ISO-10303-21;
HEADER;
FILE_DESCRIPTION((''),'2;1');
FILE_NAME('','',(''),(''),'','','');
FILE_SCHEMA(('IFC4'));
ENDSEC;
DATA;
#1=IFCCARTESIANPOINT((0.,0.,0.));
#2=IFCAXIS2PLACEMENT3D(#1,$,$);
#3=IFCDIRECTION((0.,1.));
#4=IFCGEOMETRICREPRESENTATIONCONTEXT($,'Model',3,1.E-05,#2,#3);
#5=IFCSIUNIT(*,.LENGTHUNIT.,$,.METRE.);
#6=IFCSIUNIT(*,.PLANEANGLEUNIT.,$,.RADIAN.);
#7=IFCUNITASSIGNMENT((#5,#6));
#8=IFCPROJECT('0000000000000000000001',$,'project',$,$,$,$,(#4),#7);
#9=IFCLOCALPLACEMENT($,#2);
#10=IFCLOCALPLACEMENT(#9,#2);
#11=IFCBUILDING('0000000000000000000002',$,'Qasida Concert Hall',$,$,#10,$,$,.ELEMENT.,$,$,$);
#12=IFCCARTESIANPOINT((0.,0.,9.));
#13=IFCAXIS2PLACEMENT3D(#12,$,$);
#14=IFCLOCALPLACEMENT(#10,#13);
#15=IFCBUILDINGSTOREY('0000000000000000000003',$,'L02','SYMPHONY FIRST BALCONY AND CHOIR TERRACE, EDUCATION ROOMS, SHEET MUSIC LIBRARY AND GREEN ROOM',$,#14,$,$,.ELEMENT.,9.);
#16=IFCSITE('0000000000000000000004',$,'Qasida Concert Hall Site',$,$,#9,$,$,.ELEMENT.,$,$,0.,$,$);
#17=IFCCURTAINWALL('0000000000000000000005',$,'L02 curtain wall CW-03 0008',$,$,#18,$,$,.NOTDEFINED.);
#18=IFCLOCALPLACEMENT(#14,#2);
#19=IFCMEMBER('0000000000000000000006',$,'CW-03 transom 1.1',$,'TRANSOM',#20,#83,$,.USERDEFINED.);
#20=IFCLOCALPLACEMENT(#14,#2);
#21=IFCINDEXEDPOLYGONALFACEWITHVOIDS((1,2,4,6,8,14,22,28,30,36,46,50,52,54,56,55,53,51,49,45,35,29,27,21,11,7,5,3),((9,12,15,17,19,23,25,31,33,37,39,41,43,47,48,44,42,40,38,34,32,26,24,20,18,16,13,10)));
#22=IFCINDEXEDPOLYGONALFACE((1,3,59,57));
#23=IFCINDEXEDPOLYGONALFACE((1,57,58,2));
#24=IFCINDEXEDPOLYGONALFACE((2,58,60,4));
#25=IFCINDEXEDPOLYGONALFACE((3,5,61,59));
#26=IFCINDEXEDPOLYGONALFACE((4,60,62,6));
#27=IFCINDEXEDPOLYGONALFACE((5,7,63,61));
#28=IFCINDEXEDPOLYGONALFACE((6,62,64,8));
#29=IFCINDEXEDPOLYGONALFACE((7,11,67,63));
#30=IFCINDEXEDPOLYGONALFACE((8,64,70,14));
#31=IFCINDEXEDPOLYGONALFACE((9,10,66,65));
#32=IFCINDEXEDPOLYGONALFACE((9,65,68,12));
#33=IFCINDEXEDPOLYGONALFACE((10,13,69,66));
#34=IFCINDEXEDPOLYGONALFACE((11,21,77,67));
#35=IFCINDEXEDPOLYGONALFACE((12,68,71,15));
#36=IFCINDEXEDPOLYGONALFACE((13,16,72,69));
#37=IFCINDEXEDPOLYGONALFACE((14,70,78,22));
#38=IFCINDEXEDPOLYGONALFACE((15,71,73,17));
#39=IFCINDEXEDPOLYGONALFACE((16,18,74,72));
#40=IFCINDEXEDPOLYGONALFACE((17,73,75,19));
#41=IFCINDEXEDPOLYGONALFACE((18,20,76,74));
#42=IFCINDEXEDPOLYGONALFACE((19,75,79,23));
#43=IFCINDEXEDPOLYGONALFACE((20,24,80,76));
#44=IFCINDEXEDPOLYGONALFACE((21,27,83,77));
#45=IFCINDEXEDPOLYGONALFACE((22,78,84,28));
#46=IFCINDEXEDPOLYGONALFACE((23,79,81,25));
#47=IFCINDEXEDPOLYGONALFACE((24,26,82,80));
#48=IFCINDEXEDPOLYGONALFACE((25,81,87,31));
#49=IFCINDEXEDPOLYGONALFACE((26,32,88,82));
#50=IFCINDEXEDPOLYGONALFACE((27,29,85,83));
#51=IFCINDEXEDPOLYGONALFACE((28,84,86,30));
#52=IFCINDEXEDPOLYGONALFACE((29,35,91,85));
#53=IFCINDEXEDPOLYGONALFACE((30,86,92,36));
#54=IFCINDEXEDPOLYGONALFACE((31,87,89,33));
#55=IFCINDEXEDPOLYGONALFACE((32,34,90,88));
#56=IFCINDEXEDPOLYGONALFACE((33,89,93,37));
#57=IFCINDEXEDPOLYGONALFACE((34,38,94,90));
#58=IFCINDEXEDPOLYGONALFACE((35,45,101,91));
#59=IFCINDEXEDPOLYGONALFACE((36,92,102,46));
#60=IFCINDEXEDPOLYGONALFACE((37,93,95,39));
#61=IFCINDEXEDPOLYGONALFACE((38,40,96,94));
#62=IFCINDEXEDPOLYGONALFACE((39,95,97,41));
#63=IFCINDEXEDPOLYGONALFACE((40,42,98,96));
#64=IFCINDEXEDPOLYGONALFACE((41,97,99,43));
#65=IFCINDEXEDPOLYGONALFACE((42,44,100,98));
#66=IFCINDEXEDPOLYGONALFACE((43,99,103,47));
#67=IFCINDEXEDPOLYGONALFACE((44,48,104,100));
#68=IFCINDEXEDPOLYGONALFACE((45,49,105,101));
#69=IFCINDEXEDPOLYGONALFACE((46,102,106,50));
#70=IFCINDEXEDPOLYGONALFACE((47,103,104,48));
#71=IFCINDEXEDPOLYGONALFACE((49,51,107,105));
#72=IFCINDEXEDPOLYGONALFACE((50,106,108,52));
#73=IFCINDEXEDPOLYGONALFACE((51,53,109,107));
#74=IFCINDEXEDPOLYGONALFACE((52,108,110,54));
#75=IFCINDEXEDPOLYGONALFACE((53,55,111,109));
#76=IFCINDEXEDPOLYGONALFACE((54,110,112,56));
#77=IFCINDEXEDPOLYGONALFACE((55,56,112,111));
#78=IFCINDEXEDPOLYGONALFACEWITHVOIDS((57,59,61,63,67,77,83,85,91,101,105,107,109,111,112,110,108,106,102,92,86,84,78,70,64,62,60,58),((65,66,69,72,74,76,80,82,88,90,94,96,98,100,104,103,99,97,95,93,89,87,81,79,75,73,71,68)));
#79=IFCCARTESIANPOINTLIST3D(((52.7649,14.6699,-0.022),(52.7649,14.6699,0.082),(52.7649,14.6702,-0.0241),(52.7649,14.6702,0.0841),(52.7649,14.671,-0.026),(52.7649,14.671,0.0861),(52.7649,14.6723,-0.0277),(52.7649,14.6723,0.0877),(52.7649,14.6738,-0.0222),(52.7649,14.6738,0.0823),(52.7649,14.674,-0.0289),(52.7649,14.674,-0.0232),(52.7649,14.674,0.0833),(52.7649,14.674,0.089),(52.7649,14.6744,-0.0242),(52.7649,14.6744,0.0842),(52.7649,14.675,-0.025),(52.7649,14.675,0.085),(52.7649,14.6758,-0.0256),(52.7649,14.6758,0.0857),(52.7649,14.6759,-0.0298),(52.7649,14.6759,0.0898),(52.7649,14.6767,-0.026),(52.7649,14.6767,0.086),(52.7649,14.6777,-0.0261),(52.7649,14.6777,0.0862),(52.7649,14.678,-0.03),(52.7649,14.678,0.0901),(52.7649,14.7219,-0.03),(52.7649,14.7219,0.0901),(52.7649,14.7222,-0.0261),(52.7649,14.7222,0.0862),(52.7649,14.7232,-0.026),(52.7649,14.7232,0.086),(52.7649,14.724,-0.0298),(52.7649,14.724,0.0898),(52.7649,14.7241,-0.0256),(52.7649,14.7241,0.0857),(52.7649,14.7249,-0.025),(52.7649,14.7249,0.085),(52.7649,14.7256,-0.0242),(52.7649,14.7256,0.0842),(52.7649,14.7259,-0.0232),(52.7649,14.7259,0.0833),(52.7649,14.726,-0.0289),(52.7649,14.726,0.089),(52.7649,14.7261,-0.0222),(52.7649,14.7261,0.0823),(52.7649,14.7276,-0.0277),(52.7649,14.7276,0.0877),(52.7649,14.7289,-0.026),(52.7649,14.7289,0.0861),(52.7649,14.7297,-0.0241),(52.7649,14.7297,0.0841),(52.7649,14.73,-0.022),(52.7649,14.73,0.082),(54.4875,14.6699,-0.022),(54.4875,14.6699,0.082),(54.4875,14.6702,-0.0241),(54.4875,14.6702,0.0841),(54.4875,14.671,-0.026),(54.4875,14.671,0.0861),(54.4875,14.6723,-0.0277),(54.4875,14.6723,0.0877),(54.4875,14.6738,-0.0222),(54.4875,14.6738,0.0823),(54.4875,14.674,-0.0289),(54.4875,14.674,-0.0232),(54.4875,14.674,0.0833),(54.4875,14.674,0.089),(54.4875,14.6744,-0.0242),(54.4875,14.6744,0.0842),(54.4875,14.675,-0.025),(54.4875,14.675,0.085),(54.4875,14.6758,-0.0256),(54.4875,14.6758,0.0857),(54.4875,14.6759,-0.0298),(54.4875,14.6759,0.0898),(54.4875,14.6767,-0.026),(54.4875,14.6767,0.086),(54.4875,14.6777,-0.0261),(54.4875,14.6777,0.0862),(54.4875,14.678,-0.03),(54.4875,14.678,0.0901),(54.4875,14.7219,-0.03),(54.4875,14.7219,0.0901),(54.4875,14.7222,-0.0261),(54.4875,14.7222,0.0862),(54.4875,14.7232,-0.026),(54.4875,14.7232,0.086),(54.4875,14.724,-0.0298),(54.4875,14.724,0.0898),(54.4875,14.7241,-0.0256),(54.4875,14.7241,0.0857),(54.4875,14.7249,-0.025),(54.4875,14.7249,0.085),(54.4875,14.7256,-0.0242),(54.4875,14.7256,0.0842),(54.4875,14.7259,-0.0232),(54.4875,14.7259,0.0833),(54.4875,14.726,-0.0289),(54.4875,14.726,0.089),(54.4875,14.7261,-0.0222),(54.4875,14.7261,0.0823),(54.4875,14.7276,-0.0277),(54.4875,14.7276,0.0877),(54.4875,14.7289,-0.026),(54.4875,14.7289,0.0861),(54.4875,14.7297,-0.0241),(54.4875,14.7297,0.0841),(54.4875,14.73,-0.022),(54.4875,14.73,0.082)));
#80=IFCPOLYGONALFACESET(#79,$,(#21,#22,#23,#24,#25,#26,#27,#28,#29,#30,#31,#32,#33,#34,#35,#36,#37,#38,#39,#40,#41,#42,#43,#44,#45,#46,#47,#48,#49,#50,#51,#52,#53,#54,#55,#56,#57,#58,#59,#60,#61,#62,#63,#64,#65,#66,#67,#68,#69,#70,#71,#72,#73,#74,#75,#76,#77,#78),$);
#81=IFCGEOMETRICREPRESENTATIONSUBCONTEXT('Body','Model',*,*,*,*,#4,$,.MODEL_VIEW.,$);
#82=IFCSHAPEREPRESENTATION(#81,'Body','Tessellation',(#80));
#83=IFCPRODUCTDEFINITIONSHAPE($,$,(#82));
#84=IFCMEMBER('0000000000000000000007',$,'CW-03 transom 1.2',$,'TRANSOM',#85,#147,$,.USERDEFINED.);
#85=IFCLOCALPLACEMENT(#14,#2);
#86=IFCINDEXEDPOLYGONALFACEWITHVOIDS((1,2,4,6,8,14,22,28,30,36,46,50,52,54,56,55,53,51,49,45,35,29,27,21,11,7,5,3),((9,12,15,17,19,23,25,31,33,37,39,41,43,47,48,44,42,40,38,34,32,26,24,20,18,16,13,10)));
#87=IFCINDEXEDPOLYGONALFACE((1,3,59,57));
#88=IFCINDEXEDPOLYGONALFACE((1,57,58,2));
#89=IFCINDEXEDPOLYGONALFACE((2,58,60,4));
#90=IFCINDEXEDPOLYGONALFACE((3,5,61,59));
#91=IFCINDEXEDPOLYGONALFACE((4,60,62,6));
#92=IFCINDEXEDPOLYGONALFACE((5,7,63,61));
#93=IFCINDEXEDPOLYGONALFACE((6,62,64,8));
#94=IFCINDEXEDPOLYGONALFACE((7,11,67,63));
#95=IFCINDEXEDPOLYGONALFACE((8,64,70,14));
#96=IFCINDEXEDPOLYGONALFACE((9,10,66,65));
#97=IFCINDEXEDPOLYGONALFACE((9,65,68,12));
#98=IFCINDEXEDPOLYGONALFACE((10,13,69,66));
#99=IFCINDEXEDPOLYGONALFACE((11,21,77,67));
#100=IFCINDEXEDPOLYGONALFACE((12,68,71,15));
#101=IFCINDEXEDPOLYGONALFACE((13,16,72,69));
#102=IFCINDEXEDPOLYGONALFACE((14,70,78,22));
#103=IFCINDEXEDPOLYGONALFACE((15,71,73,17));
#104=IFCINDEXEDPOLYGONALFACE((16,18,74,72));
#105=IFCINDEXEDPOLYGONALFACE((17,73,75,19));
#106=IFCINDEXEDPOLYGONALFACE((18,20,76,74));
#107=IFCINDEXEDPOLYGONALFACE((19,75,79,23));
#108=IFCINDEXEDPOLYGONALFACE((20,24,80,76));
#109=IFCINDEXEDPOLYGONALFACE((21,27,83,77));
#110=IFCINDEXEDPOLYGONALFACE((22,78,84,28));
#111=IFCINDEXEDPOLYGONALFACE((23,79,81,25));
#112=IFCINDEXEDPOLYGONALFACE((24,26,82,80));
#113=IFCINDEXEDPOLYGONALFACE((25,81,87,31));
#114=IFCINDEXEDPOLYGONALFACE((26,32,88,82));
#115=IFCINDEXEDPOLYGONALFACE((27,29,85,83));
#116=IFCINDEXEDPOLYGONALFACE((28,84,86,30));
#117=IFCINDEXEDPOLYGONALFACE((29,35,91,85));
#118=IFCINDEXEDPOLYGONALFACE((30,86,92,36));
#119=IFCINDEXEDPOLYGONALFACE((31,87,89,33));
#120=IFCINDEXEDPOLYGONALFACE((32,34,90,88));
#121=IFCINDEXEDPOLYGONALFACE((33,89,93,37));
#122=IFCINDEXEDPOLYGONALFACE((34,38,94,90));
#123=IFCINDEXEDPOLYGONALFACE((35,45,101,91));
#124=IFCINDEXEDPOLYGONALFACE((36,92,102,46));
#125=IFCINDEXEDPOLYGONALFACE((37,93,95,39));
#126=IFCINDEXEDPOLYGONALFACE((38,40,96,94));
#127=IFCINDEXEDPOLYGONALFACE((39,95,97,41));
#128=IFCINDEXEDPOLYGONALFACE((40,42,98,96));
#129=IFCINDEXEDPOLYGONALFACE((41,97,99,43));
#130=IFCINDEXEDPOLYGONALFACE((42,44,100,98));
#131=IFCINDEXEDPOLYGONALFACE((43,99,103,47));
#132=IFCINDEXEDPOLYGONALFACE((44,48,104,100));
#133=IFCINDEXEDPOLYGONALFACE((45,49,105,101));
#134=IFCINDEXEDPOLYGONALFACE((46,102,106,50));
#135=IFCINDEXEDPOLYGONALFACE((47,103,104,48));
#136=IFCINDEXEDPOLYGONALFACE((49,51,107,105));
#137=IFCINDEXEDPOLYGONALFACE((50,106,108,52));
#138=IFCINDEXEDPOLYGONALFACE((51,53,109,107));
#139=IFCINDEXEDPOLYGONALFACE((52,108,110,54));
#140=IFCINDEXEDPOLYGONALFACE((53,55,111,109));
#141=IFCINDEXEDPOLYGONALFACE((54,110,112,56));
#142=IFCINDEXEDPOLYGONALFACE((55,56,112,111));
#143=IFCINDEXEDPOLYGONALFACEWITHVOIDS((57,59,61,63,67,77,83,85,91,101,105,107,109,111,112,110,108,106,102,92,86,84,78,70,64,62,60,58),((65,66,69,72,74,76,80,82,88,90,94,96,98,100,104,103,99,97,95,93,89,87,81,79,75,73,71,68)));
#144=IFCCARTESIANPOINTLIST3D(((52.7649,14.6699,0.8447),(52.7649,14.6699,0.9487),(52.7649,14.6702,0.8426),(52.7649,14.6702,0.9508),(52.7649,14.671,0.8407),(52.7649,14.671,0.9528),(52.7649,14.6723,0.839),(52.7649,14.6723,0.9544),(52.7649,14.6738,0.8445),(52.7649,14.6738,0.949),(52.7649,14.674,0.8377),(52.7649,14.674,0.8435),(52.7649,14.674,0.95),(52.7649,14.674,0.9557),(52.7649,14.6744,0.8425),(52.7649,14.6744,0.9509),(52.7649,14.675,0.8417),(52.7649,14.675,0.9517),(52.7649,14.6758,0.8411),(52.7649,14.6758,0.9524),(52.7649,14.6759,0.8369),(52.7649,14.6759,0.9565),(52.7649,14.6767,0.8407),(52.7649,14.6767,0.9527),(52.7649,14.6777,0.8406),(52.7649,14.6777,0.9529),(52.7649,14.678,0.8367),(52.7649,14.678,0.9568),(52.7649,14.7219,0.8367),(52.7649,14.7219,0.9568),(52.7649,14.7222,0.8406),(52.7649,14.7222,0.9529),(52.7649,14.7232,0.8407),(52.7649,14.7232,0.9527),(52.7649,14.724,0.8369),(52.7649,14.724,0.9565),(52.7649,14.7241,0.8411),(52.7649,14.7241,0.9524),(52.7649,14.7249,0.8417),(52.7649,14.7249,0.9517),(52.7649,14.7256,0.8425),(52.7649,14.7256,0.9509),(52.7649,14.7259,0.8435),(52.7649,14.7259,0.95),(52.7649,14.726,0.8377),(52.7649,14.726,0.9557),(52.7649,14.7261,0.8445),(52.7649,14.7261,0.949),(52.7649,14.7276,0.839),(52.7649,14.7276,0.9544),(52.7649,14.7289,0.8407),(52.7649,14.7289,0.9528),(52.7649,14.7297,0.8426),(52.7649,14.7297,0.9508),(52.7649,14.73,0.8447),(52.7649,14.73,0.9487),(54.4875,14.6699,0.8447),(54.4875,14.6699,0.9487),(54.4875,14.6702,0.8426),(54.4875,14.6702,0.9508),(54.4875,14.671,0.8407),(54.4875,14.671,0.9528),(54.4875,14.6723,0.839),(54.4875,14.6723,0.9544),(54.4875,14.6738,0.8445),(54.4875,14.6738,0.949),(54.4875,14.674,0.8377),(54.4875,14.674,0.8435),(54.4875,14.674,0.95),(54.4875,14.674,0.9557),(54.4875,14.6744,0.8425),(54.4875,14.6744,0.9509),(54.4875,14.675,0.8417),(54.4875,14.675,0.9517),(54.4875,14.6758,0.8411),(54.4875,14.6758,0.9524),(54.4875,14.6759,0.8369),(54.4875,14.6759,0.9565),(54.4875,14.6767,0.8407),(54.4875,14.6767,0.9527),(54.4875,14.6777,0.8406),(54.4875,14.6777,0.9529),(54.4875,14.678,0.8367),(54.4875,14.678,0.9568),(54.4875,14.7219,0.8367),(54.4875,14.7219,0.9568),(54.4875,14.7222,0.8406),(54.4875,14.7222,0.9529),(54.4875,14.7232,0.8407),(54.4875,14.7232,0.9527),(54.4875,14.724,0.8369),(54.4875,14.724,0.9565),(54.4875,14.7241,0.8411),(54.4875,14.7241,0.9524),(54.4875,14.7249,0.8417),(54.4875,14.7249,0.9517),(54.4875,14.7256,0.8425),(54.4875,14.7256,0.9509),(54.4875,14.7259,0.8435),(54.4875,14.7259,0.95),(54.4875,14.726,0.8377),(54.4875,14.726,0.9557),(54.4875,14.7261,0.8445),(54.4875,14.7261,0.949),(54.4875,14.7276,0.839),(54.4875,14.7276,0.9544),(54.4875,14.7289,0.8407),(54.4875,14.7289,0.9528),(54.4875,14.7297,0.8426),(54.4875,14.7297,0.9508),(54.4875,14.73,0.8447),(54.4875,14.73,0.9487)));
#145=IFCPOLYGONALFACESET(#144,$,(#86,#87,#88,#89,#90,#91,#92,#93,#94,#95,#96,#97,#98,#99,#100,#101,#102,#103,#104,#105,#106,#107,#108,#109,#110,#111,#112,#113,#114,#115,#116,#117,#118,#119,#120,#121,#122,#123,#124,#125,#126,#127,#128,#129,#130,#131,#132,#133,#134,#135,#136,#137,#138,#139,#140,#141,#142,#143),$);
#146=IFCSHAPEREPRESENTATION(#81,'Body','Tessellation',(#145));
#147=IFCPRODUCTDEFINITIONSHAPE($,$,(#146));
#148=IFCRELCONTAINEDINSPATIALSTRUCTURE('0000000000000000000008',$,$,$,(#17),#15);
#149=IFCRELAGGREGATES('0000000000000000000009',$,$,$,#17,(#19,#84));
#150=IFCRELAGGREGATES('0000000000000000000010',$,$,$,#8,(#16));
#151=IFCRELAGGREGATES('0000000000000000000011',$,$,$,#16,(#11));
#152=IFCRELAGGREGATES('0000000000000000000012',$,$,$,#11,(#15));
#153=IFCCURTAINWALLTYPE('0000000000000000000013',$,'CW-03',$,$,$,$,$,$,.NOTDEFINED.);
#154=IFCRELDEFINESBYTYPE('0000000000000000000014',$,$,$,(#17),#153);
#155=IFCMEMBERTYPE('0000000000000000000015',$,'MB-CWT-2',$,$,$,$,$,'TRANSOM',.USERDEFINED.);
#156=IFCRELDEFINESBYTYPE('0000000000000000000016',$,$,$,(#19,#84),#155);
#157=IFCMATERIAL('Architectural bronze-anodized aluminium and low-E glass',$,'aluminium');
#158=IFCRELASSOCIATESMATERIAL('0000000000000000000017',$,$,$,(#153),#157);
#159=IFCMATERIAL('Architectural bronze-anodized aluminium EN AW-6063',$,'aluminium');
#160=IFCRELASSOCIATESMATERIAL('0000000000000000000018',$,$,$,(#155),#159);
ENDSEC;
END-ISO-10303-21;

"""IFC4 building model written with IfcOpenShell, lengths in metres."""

from ifc_helpers import new_model, si_unit, direction, frame, origin, origin_2d, place, context, subcontext, project, spatial, hollow_rectangle, extrude, material, material_profile, profile_set, type_object, element, aggregate, save


model = new_model("IFC4")

# Units and contexts
model_context = context("Model", 3, precision=1e-05, world=origin(), true_north=direction((0.0, 1.0)))
body_context = subcontext(model_context, "Body", "Model", "MODEL_VIEW")
ifc_project = project(units=[si_unit("LENGTHUNIT", "METRE"), si_unit("PLANEANGLEUNIT", "RADIAN")], contexts=[model_context])

# Site, building, storey
site_placement = place(None, origin())
site = spatial("IfcSite", under=ifc_project, at=site_placement, Name="Qasida Concert Hall Site", CompositionType="ELEMENT", RefElevation=0.0)
building_placement = place(site_placement, origin())
building = spatial("IfcBuilding", under=site, at=building_placement, Name="Qasida Concert Hall", CompositionType="ELEMENT")
storey_placement = place(building_placement, frame((0.0, 0.0, 9.0)))
storey = spatial("IfcBuildingStorey", under=building, at=storey_placement, Name="L02", Description="SYMPHONY FIRST BALCONY AND CHOIR TERRACE, EDUCATION ROOMS, SHEET MUSIC LIBRARY AND GREEN ROOM", CompositionType="ELEMENT", Elevation=9.0)

# Curtain wall, members
ifc_material_1 = material(Name="Architectural bronze-anodized aluminium and low-E glass", Category="aluminium")
curtain_wall_type = type_object("IfcCurtainWallType", Name="CW-03", PredefinedType="NOTDEFINED", material=ifc_material_1)
curtain_wall_placement = place(storey_placement, origin())
curtain_wall = element("IfcCurtainWall", 1, at=curtain_wall_placement, inside=storey, type_object=curtain_wall_type, Name="L02 curtain wall CW-03 0008", PredefinedType="NOTDEFINED")
ifc_material_2 = material(Name="Architectural bronze-anodized aluminium EN AW-6063", Category="aluminium")
ifc_material_profile_1 = material_profile(ifc_material_2, hollow_rectangle(XDim=0.0601, YDim=0.1201, WallThickness=0.0039, InnerFilletRadius=0.0039, OuterFilletRadius=0.0081, at=origin_2d()), Name="CWT 120x60x4")
ifc_profile_set_1 = profile_set([ifc_material_profile_1], Name="Architectural bronze-anodized aluminium EN AW-6063")
member_type_1 = type_object("IfcMemberType", Name="MB-CWT-2", ElementType="TRANSOM", PredefinedType="USERDEFINED", material=ifc_profile_set_1)
member_1_placement = place(storey_placement, frame((52.7649, 14.7, 0.03), z_axis=(1.0, 0.0, 0.0), x_axis=(0.0, 1.0, 0.0)))
member_1 = element("IfcMember", 2, at=member_1_placement, type_object=member_type_1, Name="CW-03 transom 1.1", ObjectType="TRANSOM", PredefinedType="USERDEFINED", context=body_context, shape_type="SweptSolid", body=[
    extrude(hollow_rectangle(XDim=0.0601, YDim=0.1201, WallThickness=0.0039, InnerFilletRadius=0.0039, OuterFilletRadius=0.0081, at=origin_2d()), origin(), (0.0, 0.0, 1.0), 1.7227),
])
member_2_placement = place(storey_placement, frame((52.7649, 14.7, 0.8967), z_axis=(1.0, 0.0, 0.0), x_axis=(0.0, 1.0, 0.0)))
member_2 = element("IfcMember", 3, at=member_2_placement, type_object=member_type_1, Name="CW-03 transom 1.2", ObjectType="TRANSOM", PredefinedType="USERDEFINED", context=body_context, shape_type="SweptSolid", body=[
    extrude(hollow_rectangle(XDim=0.0601, YDim=0.1201, WallThickness=0.0039, InnerFilletRadius=0.0039, OuterFilletRadius=0.0081, at=origin_2d()), origin(), (0.0, 0.0, 1.0), 1.7227),
])
aggregate(curtain_wall, [member_1, member_2])

save(model, "model.ifc")
